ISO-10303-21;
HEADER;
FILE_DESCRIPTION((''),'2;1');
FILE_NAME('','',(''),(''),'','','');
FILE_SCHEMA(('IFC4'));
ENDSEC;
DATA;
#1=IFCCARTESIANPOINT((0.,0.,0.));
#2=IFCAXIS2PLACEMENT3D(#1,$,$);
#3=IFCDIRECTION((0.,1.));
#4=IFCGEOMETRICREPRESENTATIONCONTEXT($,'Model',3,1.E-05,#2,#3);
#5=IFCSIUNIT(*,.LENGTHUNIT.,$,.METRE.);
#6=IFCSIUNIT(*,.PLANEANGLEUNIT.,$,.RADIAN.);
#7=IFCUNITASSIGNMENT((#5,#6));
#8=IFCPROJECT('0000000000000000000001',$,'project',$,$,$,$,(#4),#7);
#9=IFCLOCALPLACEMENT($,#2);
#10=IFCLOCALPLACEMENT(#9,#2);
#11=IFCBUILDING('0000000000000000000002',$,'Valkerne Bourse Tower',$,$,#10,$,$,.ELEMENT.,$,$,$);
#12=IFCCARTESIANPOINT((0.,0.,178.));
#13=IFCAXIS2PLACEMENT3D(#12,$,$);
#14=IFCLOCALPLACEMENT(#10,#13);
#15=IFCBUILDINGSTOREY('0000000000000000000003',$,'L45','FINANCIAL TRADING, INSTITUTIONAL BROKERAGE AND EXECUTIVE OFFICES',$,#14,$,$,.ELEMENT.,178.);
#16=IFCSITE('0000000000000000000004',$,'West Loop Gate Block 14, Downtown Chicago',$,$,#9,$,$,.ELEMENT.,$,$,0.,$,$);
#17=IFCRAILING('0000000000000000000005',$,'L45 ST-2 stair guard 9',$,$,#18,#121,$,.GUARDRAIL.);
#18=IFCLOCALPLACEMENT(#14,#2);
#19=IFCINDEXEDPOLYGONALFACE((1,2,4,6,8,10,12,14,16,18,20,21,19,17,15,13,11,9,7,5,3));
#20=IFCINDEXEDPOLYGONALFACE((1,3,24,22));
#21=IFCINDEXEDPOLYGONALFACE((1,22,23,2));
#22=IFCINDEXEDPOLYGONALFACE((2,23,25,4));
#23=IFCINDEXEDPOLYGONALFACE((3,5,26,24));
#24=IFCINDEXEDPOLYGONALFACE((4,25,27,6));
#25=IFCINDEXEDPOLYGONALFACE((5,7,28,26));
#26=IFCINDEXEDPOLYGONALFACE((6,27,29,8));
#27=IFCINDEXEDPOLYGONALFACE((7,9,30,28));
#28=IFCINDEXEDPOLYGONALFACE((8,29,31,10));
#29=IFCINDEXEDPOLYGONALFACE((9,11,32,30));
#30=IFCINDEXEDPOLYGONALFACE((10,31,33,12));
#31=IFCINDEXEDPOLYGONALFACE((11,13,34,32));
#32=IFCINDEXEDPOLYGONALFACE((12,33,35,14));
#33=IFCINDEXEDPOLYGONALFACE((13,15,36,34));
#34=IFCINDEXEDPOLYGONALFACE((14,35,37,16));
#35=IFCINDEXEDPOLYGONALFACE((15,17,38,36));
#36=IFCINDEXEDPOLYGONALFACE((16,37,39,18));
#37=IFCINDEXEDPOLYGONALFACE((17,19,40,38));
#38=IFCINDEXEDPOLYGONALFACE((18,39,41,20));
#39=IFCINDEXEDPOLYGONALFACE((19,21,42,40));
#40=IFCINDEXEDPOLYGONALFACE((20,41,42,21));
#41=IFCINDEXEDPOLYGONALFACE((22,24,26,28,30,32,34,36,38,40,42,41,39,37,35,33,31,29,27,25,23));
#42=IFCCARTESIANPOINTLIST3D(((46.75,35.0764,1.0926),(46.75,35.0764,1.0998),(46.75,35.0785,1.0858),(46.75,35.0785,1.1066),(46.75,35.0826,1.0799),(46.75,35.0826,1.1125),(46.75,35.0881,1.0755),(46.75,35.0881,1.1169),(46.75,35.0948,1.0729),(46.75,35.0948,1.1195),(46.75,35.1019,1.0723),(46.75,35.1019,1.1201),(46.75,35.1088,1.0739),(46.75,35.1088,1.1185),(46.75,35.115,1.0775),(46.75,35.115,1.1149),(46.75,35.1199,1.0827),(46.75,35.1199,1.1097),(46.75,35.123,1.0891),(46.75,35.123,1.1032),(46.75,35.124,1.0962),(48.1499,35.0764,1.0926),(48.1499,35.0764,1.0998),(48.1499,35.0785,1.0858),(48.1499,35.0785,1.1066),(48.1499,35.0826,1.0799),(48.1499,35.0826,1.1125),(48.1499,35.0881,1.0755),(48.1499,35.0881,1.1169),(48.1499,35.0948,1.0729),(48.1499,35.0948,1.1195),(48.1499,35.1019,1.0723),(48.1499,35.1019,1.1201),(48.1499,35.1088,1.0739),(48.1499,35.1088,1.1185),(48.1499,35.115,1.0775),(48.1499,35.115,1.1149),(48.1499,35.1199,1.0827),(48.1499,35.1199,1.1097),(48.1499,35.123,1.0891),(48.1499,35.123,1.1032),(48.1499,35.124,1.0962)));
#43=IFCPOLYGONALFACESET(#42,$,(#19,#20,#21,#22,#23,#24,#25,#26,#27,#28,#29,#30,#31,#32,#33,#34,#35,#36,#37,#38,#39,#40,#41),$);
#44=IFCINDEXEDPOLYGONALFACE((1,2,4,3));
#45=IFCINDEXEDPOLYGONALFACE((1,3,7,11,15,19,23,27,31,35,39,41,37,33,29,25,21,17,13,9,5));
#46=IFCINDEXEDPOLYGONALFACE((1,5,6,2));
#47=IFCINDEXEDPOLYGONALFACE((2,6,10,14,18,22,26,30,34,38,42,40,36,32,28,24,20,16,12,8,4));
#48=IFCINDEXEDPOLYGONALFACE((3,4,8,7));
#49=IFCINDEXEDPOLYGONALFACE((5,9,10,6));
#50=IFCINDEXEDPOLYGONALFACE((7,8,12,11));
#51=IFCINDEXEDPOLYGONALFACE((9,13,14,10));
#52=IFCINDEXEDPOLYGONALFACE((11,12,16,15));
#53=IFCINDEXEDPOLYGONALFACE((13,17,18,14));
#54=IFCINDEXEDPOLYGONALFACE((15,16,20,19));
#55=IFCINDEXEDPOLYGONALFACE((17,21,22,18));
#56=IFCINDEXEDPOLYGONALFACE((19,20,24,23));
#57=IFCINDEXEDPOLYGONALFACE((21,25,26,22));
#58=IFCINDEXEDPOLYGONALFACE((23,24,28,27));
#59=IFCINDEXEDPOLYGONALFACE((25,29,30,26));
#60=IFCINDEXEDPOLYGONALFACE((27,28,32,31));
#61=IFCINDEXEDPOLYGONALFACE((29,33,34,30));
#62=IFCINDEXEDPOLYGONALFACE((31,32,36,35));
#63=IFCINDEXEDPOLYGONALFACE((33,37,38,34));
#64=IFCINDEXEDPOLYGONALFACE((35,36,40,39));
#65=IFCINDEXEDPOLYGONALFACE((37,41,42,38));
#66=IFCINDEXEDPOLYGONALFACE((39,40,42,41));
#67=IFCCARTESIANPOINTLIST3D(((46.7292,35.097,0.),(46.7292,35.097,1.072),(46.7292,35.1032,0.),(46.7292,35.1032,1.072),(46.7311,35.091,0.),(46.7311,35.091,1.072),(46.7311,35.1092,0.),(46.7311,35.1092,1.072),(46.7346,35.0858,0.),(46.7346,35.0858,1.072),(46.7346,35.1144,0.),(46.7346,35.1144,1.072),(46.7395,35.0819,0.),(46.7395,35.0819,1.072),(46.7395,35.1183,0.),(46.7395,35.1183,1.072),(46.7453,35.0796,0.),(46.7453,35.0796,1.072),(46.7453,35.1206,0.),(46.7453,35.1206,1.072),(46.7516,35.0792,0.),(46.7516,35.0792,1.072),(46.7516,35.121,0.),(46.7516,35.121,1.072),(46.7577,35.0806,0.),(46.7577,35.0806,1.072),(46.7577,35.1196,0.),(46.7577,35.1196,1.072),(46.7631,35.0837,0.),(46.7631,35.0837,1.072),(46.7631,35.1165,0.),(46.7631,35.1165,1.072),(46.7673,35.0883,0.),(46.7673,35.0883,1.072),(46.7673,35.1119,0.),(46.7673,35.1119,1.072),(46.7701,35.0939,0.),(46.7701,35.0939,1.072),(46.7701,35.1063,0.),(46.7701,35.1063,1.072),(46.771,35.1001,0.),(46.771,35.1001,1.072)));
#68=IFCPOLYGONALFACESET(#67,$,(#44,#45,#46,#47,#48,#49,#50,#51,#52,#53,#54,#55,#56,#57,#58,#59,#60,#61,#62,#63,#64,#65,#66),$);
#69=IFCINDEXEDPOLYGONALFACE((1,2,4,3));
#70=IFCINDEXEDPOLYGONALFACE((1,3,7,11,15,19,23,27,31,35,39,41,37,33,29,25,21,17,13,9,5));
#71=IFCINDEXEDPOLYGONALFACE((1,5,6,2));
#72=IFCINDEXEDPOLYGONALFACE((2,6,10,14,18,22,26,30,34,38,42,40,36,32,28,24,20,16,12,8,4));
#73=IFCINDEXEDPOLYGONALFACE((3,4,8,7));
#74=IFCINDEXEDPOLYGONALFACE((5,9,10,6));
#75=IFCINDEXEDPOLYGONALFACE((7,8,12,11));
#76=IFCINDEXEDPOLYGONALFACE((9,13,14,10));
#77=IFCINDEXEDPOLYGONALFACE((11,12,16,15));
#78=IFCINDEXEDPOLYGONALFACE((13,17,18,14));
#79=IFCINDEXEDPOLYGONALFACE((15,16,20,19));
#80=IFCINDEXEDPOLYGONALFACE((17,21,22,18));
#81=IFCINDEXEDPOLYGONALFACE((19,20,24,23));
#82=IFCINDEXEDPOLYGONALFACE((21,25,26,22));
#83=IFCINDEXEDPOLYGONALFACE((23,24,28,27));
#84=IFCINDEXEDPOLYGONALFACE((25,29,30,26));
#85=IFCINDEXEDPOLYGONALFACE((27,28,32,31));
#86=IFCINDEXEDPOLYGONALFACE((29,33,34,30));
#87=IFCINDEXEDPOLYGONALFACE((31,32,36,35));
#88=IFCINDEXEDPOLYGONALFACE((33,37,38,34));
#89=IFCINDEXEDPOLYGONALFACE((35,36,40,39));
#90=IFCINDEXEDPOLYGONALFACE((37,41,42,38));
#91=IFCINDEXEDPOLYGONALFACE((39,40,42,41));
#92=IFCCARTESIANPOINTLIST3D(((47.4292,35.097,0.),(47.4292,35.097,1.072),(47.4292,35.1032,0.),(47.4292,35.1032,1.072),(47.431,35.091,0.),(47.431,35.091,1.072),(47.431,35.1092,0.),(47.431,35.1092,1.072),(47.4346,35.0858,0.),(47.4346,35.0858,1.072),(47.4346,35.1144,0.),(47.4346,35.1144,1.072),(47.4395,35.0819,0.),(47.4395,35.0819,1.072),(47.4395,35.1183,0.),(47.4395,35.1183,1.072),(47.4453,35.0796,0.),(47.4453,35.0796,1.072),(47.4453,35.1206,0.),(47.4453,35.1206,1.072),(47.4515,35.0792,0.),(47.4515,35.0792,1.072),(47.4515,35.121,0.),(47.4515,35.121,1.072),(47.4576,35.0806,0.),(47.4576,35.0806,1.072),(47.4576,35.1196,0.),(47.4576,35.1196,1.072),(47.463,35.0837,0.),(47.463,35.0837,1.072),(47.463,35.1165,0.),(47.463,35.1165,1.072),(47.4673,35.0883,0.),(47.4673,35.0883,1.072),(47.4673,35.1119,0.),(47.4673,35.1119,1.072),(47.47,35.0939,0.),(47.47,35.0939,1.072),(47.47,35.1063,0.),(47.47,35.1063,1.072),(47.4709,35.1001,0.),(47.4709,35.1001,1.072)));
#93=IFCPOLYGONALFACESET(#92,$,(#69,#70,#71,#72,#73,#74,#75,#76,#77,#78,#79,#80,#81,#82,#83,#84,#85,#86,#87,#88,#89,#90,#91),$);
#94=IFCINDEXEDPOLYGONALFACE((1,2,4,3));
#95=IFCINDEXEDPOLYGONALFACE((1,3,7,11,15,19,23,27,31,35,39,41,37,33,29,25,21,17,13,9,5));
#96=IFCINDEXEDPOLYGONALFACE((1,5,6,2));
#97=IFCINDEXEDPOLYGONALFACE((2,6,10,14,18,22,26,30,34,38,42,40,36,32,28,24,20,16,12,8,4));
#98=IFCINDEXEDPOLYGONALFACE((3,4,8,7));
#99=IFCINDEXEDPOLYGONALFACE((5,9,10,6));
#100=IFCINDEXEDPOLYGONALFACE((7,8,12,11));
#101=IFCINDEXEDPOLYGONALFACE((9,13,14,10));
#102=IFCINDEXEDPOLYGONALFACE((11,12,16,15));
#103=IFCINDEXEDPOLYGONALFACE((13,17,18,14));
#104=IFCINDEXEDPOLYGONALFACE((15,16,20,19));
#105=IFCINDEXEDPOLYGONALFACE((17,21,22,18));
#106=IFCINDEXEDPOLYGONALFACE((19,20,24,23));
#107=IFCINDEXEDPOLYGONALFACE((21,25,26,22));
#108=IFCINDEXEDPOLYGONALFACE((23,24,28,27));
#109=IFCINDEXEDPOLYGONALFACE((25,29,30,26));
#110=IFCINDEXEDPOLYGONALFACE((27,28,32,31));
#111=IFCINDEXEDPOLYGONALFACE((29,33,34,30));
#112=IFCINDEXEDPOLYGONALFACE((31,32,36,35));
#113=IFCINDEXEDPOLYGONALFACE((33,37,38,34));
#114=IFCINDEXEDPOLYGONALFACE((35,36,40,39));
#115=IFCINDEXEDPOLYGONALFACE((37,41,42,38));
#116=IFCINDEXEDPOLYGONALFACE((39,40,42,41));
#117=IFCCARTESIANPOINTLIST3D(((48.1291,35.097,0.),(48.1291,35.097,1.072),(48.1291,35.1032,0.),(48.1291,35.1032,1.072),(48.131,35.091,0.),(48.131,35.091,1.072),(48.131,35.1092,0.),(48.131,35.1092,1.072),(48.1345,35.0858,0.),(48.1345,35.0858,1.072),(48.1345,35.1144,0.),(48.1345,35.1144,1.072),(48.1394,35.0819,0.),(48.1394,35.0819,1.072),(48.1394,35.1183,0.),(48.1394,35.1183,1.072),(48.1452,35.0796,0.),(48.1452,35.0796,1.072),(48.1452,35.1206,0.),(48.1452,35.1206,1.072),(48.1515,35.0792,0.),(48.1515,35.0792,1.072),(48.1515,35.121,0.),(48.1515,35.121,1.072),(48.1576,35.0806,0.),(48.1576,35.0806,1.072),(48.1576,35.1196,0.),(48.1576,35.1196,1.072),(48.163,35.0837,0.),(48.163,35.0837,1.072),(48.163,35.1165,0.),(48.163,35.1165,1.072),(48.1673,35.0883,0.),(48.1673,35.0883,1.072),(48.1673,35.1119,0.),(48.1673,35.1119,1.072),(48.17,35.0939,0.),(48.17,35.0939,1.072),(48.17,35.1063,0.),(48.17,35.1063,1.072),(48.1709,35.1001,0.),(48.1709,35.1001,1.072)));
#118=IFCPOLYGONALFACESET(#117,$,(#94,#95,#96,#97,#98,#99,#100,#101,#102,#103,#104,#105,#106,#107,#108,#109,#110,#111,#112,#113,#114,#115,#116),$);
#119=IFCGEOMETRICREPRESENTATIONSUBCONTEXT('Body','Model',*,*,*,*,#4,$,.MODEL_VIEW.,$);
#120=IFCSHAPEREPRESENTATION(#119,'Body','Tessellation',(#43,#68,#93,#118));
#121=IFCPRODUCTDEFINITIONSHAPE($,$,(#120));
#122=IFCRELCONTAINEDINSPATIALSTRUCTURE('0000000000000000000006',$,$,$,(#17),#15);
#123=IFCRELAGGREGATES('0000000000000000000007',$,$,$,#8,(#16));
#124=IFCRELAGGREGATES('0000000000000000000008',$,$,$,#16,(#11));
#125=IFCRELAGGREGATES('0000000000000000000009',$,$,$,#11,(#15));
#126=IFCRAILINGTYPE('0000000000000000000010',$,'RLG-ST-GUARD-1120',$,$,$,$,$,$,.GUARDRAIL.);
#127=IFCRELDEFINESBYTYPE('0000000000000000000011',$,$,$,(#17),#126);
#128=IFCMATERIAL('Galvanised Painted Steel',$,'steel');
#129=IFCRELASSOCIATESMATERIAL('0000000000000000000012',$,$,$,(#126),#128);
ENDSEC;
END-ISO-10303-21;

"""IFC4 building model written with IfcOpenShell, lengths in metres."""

from ifc_helpers import new_model, si_unit, direction, frame, origin, origin_2d, place, context, subcontext, project, spatial, circle, extrude, material, type_object, element, save


model = new_model("IFC4")

# Units and contexts
model_context = context("Model", 3, precision=1e-05, world=origin(), true_north=direction((0.0, 1.0)))
body_context = subcontext(model_context, "Body", "Model", "MODEL_VIEW")
ifc_project = project(units=[si_unit("LENGTHUNIT", "METRE"), si_unit("PLANEANGLEUNIT", "RADIAN")], contexts=[model_context])

# Site, building, storey
site_placement = place(None, origin())
site = spatial("IfcSite", under=ifc_project, at=site_placement, Name="West Loop Gate Block 14, Downtown Chicago", CompositionType="ELEMENT", RefElevation=0.0)
building_placement = place(site_placement, origin())
building = spatial("IfcBuilding", under=site, at=building_placement, Name="Valkerne Bourse Tower", CompositionType="ELEMENT")
storey_placement = place(building_placement, frame((0.0, 0.0, 178.0)))
storey = spatial("IfcBuildingStorey", under=building, at=storey_placement, Name="L45", Description="FINANCIAL TRADING, INSTITUTIONAL BROKERAGE AND EXECUTIVE OFFICES", CompositionType="ELEMENT", Elevation=178.0)

# Shared definitions
ifc_material_1 = material(Name="Galvanised Painted Steel", Category="steel")

# Railing
railing_type_1 = type_object("IfcRailingType", Name="RLG-ST-GUARD-1120", PredefinedType="GUARDRAIL", material=ifc_material_1)
for number, where, name in (
    (1, (46.75, 35.1001, 0.0), "L45 ST-2 stair guard 9"),
):
    element("IfcRailing", number, at=place(storey_placement, frame(where)), inside=storey, type_object=railing_type_1, Name=name, PredefinedType="GUARDRAIL", context=body_context, shape_type="SweptSolid", body=[
        extrude(circle(Radius=0.0239, at=origin_2d()), frame((0.0, 0.0, 1.0962), z_axis=(1.0, 0.0, 0.0), x_axis=(0.0, 1.0, 0.0)), (0.0, 0.0, 1.0), 1.3999),
        extrude(circle(Radius=0.021, at=origin_2d()), origin(), (0.0, 0.0, 1.0), 1.072),
        extrude(circle(Radius=0.021, at=origin_2d()), frame((0.7, 0.0, 0.0)), (0.0, 0.0, 1.0), 1.072),
        extrude(circle(Radius=0.021, at=origin_2d()), frame((1.3999, 0.0, 0.0)), (0.0, 0.0, 1.0), 1.072),
    ])

save(model, "model.ifc")
